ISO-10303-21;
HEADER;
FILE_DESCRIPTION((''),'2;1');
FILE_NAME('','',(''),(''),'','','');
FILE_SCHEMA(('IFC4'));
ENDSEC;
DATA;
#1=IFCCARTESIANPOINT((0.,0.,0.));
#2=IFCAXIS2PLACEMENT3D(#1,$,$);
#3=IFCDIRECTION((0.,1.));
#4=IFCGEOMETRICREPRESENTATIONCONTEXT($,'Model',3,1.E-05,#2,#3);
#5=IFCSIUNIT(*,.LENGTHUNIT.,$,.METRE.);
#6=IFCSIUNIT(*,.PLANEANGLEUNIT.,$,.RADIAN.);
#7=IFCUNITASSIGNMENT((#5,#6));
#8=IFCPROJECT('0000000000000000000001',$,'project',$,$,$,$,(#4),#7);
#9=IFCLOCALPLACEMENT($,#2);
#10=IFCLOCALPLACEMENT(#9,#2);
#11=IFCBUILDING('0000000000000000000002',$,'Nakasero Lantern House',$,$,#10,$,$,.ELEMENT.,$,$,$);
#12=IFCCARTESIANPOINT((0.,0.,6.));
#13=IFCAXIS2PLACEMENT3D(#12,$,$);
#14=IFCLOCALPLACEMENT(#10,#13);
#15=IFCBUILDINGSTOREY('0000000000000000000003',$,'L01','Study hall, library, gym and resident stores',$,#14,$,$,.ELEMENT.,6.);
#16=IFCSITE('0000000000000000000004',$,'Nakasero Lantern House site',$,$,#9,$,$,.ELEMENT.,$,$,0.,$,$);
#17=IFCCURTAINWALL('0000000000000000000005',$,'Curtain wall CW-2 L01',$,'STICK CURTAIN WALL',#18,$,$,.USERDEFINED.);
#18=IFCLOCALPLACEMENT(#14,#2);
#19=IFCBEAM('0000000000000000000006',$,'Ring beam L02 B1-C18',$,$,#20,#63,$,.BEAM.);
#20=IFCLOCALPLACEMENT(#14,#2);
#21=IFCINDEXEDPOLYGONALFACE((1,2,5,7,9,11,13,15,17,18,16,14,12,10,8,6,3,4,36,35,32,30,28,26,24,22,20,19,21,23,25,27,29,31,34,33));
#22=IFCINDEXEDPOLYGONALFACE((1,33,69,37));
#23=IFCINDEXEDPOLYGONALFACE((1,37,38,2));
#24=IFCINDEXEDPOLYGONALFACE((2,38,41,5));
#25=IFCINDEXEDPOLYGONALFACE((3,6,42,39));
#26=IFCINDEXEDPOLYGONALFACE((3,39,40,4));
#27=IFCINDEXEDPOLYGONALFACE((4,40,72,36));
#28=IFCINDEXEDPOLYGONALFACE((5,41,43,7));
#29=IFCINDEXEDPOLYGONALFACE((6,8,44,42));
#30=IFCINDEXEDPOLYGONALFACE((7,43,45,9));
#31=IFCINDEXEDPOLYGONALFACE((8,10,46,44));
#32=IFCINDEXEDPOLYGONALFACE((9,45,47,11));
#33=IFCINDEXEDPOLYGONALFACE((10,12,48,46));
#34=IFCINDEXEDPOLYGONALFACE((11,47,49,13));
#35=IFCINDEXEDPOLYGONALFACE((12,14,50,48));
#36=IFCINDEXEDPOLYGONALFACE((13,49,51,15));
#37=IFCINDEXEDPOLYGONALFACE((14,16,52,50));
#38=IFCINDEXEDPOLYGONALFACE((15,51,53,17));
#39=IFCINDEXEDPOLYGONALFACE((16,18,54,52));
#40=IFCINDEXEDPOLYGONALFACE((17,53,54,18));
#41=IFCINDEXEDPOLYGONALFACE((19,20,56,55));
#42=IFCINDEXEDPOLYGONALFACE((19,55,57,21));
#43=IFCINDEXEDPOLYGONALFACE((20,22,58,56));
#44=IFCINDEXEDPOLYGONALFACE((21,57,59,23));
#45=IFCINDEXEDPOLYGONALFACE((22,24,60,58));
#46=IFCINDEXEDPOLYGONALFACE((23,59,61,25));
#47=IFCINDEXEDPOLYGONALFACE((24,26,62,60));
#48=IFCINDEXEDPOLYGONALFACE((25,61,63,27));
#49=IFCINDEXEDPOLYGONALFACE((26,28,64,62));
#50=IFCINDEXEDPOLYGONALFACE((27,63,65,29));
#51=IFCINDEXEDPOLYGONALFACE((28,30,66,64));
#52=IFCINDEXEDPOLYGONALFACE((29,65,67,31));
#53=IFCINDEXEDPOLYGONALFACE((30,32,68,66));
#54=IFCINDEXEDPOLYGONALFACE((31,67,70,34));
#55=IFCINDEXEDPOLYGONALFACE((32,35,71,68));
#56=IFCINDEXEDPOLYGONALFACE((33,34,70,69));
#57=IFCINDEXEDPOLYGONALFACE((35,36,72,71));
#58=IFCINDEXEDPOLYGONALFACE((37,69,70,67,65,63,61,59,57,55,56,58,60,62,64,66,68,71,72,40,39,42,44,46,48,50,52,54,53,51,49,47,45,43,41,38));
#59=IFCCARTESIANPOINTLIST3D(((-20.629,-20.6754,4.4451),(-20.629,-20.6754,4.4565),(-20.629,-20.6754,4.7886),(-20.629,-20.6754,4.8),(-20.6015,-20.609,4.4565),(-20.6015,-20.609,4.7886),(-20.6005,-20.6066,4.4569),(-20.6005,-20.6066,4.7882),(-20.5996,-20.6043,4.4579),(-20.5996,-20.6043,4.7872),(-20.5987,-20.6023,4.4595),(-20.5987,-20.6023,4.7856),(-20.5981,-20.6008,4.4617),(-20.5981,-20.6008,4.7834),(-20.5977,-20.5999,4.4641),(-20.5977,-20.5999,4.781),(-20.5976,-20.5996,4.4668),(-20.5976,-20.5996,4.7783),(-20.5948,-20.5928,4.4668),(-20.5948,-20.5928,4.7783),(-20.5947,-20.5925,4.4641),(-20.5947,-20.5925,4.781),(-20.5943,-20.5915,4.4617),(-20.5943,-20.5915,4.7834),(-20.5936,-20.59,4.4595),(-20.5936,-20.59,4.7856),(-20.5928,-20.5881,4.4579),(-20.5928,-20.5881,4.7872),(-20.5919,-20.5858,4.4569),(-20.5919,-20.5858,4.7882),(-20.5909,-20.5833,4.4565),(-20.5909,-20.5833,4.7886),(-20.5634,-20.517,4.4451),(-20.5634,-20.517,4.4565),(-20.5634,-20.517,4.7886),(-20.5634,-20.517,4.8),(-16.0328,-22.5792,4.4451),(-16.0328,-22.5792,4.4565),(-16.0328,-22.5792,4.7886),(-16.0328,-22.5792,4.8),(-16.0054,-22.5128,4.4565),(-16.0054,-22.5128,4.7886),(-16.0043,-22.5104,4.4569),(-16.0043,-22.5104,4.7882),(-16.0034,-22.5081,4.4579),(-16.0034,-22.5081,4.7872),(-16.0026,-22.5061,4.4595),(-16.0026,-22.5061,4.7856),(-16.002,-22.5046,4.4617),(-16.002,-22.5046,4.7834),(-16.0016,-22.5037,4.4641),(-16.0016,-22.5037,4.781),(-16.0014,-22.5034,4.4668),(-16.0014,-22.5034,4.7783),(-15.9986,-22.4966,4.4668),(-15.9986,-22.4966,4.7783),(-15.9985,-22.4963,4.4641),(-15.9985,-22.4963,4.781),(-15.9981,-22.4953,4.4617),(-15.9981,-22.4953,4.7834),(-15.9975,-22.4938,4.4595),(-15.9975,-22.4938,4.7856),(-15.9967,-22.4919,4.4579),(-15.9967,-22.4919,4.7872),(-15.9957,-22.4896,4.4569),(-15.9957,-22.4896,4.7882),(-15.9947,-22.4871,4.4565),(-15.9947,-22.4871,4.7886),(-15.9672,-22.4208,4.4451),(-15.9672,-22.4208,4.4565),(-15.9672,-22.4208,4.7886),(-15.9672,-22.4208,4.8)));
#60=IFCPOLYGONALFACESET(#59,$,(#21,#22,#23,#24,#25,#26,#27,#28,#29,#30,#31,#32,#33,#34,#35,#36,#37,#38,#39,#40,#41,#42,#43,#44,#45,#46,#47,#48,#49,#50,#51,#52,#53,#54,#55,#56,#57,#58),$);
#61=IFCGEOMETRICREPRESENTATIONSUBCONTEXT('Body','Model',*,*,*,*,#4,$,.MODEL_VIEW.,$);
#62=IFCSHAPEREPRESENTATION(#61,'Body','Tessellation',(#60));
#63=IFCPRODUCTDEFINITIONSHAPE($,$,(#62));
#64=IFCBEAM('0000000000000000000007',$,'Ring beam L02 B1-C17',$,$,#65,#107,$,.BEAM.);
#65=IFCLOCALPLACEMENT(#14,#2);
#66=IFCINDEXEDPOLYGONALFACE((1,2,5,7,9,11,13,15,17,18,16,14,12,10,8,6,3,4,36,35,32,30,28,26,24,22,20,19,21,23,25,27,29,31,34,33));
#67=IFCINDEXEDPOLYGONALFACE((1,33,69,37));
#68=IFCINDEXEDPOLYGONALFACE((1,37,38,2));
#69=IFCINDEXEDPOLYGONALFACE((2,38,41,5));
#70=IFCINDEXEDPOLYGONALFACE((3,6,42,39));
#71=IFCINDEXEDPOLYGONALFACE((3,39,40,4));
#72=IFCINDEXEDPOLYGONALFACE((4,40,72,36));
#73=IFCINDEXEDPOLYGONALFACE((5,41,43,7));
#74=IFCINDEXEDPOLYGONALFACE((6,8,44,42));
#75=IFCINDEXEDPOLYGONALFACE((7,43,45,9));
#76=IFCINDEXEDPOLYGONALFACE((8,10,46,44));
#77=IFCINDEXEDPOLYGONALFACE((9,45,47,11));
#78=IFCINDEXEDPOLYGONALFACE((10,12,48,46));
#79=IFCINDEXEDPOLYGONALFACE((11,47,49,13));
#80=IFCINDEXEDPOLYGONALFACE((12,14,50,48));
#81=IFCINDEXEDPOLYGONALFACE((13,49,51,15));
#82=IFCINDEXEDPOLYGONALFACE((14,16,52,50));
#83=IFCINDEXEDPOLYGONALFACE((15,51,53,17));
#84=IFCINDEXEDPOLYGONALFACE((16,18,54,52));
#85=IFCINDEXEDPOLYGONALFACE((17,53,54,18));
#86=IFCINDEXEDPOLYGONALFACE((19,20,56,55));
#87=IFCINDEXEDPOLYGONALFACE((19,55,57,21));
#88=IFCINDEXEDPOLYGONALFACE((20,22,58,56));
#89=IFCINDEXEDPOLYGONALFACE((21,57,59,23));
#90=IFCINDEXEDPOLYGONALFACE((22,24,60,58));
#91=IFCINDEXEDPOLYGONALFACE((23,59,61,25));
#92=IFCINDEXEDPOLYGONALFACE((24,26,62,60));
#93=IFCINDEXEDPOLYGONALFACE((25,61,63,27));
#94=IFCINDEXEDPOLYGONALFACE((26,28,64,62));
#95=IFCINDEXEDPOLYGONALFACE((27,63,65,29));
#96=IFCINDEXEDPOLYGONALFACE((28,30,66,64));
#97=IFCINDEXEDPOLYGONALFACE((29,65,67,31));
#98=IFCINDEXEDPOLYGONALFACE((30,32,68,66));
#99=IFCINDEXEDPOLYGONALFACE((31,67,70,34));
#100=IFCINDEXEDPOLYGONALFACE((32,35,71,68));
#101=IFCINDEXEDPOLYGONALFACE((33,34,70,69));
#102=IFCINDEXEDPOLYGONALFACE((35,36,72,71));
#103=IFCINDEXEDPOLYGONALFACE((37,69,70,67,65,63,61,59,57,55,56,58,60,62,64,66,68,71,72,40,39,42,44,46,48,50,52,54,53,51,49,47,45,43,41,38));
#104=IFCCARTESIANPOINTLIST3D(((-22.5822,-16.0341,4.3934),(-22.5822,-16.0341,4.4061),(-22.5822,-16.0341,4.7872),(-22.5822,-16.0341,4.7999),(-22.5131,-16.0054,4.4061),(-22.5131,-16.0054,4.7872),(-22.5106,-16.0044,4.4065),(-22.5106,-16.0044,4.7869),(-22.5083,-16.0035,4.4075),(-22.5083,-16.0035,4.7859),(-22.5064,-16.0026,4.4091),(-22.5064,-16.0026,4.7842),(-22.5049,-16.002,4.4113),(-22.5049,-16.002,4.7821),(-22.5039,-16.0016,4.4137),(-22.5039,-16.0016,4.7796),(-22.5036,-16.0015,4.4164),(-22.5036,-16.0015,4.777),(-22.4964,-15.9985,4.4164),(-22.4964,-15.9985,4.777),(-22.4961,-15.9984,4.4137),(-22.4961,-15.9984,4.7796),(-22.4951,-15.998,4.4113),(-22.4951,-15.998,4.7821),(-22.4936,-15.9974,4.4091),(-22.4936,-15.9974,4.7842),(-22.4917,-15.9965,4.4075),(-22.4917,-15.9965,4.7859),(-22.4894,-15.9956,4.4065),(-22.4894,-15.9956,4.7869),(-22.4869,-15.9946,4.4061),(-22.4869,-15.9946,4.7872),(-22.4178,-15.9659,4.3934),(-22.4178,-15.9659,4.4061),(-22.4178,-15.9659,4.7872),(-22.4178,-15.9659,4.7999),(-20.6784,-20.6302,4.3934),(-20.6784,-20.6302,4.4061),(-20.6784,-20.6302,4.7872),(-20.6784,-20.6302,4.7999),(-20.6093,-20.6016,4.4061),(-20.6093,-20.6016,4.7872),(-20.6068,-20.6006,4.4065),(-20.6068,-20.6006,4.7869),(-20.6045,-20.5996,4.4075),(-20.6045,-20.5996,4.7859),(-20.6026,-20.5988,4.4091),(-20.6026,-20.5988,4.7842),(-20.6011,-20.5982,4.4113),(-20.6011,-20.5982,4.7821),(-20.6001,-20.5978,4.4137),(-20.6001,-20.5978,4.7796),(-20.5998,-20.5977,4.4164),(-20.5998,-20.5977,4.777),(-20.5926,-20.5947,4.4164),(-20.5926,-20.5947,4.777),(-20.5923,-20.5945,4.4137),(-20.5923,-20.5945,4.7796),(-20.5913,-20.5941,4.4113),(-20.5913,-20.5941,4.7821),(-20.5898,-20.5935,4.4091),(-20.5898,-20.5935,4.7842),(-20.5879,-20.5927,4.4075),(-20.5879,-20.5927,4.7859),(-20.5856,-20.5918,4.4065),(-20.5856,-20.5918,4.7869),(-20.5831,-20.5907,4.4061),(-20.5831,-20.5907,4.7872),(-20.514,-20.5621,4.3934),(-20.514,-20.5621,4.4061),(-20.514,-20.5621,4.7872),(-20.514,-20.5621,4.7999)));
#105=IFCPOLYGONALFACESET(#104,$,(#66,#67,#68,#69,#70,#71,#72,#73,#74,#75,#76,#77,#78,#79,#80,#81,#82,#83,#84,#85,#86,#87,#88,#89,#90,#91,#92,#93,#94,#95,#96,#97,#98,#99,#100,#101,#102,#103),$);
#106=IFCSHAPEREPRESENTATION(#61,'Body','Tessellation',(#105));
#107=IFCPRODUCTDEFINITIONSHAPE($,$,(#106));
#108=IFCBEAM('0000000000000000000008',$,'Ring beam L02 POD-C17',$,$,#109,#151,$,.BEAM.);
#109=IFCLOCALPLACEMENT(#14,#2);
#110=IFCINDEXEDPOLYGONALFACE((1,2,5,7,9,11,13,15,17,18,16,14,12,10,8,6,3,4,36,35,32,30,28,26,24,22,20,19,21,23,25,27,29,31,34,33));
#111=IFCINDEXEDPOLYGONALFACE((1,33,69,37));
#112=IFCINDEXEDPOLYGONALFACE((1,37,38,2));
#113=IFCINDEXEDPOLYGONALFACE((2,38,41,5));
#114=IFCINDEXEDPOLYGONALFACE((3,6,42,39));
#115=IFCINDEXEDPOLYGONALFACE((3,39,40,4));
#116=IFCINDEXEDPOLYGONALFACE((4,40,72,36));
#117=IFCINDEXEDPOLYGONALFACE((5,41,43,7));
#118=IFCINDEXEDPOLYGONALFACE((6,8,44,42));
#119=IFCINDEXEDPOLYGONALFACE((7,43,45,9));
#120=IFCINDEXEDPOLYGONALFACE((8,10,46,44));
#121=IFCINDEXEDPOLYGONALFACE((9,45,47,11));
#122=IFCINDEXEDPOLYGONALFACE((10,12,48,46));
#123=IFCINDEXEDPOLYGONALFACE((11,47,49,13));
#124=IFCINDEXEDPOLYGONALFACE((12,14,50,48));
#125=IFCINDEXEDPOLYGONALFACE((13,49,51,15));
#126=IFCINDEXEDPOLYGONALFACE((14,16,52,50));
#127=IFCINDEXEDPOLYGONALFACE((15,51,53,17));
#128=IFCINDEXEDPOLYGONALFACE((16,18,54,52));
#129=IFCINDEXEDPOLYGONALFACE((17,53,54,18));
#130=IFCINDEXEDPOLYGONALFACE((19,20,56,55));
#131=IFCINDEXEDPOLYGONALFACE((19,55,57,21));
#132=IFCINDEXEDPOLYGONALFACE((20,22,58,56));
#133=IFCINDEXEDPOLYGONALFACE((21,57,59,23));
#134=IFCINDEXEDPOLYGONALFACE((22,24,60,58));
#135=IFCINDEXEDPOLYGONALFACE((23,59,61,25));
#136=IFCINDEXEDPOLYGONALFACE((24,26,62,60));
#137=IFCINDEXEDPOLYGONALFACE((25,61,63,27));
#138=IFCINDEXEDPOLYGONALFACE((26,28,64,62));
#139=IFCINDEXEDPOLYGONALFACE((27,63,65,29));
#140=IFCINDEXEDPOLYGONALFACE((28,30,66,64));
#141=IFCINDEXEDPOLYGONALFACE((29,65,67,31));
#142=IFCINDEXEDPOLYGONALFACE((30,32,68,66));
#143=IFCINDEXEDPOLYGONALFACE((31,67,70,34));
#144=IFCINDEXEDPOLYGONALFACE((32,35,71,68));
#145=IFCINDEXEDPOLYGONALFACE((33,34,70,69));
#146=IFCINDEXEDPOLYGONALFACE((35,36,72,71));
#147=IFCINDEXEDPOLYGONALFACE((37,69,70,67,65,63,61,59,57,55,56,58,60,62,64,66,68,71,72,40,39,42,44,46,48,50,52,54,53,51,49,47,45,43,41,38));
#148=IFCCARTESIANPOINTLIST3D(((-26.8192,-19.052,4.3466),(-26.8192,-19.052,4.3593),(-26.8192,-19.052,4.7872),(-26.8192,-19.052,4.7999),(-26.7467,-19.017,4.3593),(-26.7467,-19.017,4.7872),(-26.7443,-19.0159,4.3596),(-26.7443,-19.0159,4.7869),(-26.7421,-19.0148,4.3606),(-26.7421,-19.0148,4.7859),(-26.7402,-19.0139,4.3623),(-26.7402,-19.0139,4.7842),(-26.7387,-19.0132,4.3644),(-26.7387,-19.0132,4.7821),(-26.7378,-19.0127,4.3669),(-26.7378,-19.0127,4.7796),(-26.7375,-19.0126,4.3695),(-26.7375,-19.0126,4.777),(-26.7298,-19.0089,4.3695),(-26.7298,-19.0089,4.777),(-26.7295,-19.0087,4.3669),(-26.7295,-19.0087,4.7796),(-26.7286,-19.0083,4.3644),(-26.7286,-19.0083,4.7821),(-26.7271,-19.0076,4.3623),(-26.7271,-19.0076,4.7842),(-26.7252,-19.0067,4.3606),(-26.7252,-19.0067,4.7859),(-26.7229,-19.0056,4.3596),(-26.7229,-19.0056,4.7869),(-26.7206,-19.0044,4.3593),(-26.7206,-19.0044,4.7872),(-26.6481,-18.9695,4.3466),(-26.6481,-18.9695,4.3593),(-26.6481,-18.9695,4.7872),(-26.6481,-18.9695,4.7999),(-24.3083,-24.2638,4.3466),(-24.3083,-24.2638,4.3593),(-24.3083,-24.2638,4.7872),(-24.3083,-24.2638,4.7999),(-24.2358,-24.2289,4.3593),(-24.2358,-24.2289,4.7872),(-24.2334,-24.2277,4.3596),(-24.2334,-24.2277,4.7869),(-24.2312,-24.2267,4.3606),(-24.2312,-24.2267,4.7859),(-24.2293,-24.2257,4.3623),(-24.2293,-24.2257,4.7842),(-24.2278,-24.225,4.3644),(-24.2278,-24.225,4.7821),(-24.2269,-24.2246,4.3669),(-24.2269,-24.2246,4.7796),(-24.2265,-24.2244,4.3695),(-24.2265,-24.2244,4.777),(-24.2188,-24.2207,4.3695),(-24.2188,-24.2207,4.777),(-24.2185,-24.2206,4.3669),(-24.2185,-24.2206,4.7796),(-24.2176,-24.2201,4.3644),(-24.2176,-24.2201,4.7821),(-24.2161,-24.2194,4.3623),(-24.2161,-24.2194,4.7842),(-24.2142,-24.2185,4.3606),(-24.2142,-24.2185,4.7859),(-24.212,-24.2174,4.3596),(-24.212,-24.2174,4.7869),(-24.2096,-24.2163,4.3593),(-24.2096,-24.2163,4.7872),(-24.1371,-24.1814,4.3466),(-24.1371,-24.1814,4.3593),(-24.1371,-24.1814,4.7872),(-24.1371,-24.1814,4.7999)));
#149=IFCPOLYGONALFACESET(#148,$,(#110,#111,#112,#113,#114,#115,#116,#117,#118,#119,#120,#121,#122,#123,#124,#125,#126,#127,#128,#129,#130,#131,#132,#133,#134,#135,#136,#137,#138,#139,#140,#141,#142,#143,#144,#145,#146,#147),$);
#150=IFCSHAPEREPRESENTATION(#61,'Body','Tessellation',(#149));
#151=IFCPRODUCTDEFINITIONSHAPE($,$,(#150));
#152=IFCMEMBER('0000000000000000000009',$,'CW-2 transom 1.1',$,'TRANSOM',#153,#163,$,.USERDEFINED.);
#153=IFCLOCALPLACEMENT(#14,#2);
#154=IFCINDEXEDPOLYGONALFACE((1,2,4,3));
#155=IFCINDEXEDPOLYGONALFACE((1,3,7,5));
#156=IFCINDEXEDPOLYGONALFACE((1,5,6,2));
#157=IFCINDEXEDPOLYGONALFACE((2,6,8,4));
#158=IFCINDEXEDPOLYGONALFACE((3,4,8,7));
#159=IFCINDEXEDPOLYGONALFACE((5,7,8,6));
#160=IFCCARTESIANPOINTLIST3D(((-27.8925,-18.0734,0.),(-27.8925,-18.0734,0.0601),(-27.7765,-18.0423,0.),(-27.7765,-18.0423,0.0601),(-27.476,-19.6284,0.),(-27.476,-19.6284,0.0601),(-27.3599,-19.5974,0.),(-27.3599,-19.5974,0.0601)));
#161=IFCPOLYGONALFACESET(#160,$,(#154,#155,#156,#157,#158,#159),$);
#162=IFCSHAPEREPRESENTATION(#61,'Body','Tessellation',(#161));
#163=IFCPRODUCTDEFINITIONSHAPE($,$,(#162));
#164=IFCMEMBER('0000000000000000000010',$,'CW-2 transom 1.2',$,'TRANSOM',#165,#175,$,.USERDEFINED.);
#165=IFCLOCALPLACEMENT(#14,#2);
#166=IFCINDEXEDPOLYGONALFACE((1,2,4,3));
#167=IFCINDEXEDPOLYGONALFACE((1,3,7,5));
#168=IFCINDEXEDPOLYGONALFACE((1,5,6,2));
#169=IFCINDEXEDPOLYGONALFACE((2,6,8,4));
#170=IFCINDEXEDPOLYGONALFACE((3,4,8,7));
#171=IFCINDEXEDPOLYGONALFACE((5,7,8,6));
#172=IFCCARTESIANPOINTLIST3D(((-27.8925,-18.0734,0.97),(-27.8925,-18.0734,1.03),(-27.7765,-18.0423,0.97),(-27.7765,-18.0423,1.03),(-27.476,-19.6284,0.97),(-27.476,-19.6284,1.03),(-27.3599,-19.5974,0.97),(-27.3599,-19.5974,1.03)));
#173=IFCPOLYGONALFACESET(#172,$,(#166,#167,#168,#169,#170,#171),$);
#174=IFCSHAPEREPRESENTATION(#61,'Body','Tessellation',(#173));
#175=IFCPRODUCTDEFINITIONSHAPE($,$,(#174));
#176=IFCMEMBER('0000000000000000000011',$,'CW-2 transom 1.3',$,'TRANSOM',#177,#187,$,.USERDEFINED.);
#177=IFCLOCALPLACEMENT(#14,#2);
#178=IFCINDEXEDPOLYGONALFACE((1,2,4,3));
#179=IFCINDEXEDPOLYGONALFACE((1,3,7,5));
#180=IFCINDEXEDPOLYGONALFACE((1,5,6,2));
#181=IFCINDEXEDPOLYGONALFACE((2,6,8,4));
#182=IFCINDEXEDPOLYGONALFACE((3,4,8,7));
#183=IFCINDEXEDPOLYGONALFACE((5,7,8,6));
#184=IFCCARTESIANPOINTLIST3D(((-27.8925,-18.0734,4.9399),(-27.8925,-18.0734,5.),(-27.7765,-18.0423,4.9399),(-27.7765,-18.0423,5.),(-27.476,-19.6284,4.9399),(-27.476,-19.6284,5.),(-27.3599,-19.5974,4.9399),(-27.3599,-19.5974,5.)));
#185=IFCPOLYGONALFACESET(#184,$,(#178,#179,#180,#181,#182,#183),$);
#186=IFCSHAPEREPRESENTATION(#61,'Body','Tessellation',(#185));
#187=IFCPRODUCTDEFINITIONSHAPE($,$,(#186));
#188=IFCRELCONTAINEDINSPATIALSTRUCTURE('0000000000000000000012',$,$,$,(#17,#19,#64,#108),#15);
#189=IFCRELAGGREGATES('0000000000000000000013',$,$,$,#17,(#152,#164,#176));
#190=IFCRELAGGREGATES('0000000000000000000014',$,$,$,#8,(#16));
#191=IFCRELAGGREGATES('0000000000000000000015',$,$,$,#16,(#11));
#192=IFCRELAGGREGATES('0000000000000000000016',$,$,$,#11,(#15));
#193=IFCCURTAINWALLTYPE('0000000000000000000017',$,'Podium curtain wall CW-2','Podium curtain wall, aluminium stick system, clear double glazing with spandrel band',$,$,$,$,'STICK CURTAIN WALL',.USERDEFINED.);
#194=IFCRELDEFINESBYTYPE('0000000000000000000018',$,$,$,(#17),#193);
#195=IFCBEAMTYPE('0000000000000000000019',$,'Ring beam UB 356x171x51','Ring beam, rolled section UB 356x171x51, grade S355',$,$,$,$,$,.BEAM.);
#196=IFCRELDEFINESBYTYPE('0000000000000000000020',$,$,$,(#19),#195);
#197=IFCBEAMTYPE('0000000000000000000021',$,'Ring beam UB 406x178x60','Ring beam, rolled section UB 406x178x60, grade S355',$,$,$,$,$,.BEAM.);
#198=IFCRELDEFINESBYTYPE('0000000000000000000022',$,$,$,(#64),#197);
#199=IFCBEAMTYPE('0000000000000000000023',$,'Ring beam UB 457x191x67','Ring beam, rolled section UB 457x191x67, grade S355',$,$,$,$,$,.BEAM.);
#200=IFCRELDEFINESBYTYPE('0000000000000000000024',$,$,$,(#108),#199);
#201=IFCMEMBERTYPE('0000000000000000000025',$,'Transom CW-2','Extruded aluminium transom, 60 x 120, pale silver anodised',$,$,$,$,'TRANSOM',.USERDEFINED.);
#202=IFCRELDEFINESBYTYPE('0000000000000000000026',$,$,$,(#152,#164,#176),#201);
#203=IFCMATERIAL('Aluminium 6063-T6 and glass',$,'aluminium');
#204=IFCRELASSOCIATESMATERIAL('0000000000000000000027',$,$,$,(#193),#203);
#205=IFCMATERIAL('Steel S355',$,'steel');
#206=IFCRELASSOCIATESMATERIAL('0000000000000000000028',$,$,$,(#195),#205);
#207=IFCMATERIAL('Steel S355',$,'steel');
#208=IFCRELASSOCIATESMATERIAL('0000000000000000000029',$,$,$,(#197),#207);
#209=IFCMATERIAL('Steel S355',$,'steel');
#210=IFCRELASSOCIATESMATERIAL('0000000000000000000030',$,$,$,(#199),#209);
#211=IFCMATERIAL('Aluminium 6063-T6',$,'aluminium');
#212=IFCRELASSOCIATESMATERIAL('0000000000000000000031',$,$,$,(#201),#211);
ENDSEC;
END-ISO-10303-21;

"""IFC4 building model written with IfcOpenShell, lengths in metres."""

from ifc_helpers import new_model, si_unit, direction, frame, origin, origin_2d, place, context, subcontext, project, spatial, rectangle, i_section, extrude, material, material_profile, profile_set, type_object, element, aggregate, save


model = new_model("IFC4")

# Units and contexts
model_context = context("Model", 3, precision=1e-05, world=origin(), true_north=direction((0.0, 1.0)))
body_context = subcontext(model_context, "Body", "Model", "MODEL_VIEW")
ifc_project = project(units=[si_unit("LENGTHUNIT", "METRE"), si_unit("PLANEANGLEUNIT", "RADIAN")], contexts=[model_context])

# Site, building, storey
site_placement = place(None, origin())
site = spatial("IfcSite", under=ifc_project, at=site_placement, Name="Nakasero Lantern House site", CompositionType="ELEMENT", RefElevation=0.0)
building_placement = place(site_placement, origin())
building = spatial("IfcBuilding", under=site, at=building_placement, Name="Nakasero Lantern House", CompositionType="ELEMENT")
storey_placement = place(building_placement, frame((0.0, 0.0, 6.0)))
storey = spatial("IfcBuildingStorey", under=building, at=storey_placement, Name="L01", Description="Study hall, library, gym and resident stores", CompositionType="ELEMENT", Elevation=6.0)

# Curtain wall
ifc_material_1 = material(Name="Aluminium 6063-T6 and glass", Category="aluminium")
curtain_wall_type = type_object("IfcCurtainWallType", Name="Podium curtain wall CW-2", Description="Podium curtain wall, aluminium stick system, clear double glazing with spandrel band", ElementType="STICK CURTAIN WALL", PredefinedType="USERDEFINED", material=ifc_material_1)
curtain_wall_placement = place(storey_placement, origin())
curtain_wall = element("IfcCurtainWall", 1, at=curtain_wall_placement, inside=storey, type_object=curtain_wall_type, Name="Curtain wall CW-2 L01", ObjectType="STICK CURTAIN WALL", PredefinedType="USERDEFINED")

# Beams
ifc_material_2 = material(Name="Steel S355", Category="steel")
ifc_material_profile_1 = material_profile(ifc_material_2, i_section(OverallWidth=0.1714, OverallDepth=0.355, WebThickness=0.0073, FlangeThickness=0.0115, FilletRadius=0.0103, at=origin_2d()), Name="UB 356x171x51")
ifc_profile_set_1 = profile_set([ifc_material_profile_1], Name="Steel S355")
beam_type_1 = type_object("IfcBeamType", Name="Ring beam UB 356x171x51", Description="Ring beam, rolled section UB 356x171x51, grade S355", PredefinedType="BEAM", material=ifc_profile_set_1)
beam_1_placement = place(storey_placement, frame((-20.5962, -20.5962, 4.6226), z_axis=(0.923879, -0.382684, 0.0), x_axis=(0.382684, 0.923879, 0.0)))
element("IfcBeam", 2, at=beam_1_placement, inside=storey, type_object=beam_type_1, Name="Ring beam L02 B1-C18", PredefinedType="BEAM", context=body_context, shape_type="SweptSolid", body=[
    extrude(i_section(OverallWidth=0.1714, OverallDepth=0.355, WebThickness=0.0073, FlangeThickness=0.0115, FilletRadius=0.0103, at=origin_2d()), origin(), (0.0, 0.0, 1.0), 4.9749),
])
ifc_material_3 = material(Name="Steel S355", Category="steel")
ifc_material_profile_2 = material_profile(ifc_material_3, i_section(OverallWidth=0.178, OverallDepth=0.4065, WebThickness=0.0078, FlangeThickness=0.0127, FilletRadius=0.0103, at=origin_2d()), Name="UB 406x178x60")
ifc_profile_set_2 = profile_set([ifc_material_profile_2], Name="Steel S355")
beam_type_2 = type_object("IfcBeamType", Name="Ring beam UB 406x178x60", Description="Ring beam, rolled section UB 406x178x60, grade S355", PredefinedType="BEAM", material=ifc_profile_set_2)
beam_2_placement = place(storey_placement, frame((-22.5, -16.0, 4.5967), z_axis=(0.382684, -0.923879, 0.0), x_axis=(0.923879, 0.382684, 0.0)))
element("IfcBeam", 3, at=beam_2_placement, inside=storey, type_object=beam_type_2, Name="Ring beam L02 B1-C17", PredefinedType="BEAM", context=body_context, shape_type="SweptSolid", body=[
    extrude(i_section(OverallWidth=0.178, OverallDepth=0.4065, WebThickness=0.0078, FlangeThickness=0.0127, FilletRadius=0.0103, at=origin_2d()), origin(), (0.0, 0.0, 1.0), 4.9749),
])
ifc_material_4 = material(Name="Steel S355", Category="steel")
ifc_material_profile_3 = material_profile(ifc_material_4, i_section(OverallWidth=0.1899, OverallDepth=0.4534, WebThickness=0.0085, FlangeThickness=0.0127, FilletRadius=0.0103, at=origin_2d()), Name="UB 457x191x67")
ifc_profile_set_3 = profile_set([ifc_material_profile_3], Name="Steel S355")
beam_type_3 = type_object("IfcBeamType", Name="Ring beam UB 457x191x67", Description="Ring beam, rolled section UB 457x191x67, grade S355", PredefinedType="BEAM", material=ifc_profile_set_3)
beam_3_placement = place(storey_placement, frame((-26.7336, -19.0107, 4.5732), z_axis=(0.434033, -0.900897, 0.0), x_axis=(0.900897, 0.434033, 0.0)))
element("IfcBeam", 4, at=beam_3_placement, inside=storey, type_object=beam_type_3, Name="Ring beam L02 POD-C17", PredefinedType="BEAM", context=body_context, shape_type="SweptSolid", body=[
    extrude(i_section(OverallWidth=0.1899, OverallDepth=0.4534, WebThickness=0.0085, FlangeThickness=0.0127, FilletRadius=0.0103, at=origin_2d()), origin(), (0.0, 0.0, 1.0), 5.7852),
])

# Members
ifc_material_5 = material(Name="Aluminium 6063-T6", Category="aluminium")
ifc_material_profile_4 = material_profile(ifc_material_5, rectangle(XDim=0.0601, YDim=0.1201, at=origin_2d()), Name="CW-2 transom 60x120")
ifc_profile_set_4 = profile_set([ifc_material_profile_4], Name="Aluminium 6063-T6")
member_type_1 = type_object("IfcMemberType", Name="Transom CW-2", Description="Extruded aluminium transom, 60 x 120, pale silver anodised", ElementType="TRANSOM", PredefinedType="USERDEFINED", material=ifc_profile_set_4)
member_1_placement = place(storey_placement, frame((-27.8345, -18.0579, 0.03), z_axis=(0.258739, -0.965947, 0.0), x_axis=(0.0, 0.0, 1.0)))
member_1 = element("IfcMember", 5, at=member_1_placement, type_object=member_type_1, Name="CW-2 transom 1.1", ObjectType="TRANSOM", PredefinedType="USERDEFINED", context=body_context, shape_type="SweptSolid", body=[
    extrude(rectangle(XDim=0.0601, YDim=0.1201, at=origin_2d()), origin(), (0.0, 0.0, 1.0), 1.6099),
])
member_2_placement = place(storey_placement, frame((-27.8345, -18.0579, 1.0), z_axis=(0.258739, -0.965947, 0.0), x_axis=(0.0, 0.0, 1.0)))
member_2 = element("IfcMember", 6, at=member_2_placement, type_object=member_type_1, Name="CW-2 transom 1.2", ObjectType="TRANSOM", PredefinedType="USERDEFINED", context=body_context, shape_type="SweptSolid", body=[
    extrude(rectangle(XDim=0.0601, YDim=0.1201, at=origin_2d()), origin(), (0.0, 0.0, 1.0), 1.6099),
])
member_3_placement = place(storey_placement, frame((-27.8345, -18.0579, 4.97), z_axis=(0.258739, -0.965947, 0.0), x_axis=(0.0, 0.0, 1.0)))
member_3 = element("IfcMember", 7, at=member_3_placement, type_object=member_type_1, Name="CW-2 transom 1.3", ObjectType="TRANSOM", PredefinedType="USERDEFINED", context=body_context, shape_type="SweptSolid", body=[
    extrude(rectangle(XDim=0.0601, YDim=0.1201, at=origin_2d()), origin(), (0.0, 0.0, 1.0), 1.6099),
])

aggregate(curtain_wall, [member_1, member_2, member_3])

save(model, "model.ifc")
